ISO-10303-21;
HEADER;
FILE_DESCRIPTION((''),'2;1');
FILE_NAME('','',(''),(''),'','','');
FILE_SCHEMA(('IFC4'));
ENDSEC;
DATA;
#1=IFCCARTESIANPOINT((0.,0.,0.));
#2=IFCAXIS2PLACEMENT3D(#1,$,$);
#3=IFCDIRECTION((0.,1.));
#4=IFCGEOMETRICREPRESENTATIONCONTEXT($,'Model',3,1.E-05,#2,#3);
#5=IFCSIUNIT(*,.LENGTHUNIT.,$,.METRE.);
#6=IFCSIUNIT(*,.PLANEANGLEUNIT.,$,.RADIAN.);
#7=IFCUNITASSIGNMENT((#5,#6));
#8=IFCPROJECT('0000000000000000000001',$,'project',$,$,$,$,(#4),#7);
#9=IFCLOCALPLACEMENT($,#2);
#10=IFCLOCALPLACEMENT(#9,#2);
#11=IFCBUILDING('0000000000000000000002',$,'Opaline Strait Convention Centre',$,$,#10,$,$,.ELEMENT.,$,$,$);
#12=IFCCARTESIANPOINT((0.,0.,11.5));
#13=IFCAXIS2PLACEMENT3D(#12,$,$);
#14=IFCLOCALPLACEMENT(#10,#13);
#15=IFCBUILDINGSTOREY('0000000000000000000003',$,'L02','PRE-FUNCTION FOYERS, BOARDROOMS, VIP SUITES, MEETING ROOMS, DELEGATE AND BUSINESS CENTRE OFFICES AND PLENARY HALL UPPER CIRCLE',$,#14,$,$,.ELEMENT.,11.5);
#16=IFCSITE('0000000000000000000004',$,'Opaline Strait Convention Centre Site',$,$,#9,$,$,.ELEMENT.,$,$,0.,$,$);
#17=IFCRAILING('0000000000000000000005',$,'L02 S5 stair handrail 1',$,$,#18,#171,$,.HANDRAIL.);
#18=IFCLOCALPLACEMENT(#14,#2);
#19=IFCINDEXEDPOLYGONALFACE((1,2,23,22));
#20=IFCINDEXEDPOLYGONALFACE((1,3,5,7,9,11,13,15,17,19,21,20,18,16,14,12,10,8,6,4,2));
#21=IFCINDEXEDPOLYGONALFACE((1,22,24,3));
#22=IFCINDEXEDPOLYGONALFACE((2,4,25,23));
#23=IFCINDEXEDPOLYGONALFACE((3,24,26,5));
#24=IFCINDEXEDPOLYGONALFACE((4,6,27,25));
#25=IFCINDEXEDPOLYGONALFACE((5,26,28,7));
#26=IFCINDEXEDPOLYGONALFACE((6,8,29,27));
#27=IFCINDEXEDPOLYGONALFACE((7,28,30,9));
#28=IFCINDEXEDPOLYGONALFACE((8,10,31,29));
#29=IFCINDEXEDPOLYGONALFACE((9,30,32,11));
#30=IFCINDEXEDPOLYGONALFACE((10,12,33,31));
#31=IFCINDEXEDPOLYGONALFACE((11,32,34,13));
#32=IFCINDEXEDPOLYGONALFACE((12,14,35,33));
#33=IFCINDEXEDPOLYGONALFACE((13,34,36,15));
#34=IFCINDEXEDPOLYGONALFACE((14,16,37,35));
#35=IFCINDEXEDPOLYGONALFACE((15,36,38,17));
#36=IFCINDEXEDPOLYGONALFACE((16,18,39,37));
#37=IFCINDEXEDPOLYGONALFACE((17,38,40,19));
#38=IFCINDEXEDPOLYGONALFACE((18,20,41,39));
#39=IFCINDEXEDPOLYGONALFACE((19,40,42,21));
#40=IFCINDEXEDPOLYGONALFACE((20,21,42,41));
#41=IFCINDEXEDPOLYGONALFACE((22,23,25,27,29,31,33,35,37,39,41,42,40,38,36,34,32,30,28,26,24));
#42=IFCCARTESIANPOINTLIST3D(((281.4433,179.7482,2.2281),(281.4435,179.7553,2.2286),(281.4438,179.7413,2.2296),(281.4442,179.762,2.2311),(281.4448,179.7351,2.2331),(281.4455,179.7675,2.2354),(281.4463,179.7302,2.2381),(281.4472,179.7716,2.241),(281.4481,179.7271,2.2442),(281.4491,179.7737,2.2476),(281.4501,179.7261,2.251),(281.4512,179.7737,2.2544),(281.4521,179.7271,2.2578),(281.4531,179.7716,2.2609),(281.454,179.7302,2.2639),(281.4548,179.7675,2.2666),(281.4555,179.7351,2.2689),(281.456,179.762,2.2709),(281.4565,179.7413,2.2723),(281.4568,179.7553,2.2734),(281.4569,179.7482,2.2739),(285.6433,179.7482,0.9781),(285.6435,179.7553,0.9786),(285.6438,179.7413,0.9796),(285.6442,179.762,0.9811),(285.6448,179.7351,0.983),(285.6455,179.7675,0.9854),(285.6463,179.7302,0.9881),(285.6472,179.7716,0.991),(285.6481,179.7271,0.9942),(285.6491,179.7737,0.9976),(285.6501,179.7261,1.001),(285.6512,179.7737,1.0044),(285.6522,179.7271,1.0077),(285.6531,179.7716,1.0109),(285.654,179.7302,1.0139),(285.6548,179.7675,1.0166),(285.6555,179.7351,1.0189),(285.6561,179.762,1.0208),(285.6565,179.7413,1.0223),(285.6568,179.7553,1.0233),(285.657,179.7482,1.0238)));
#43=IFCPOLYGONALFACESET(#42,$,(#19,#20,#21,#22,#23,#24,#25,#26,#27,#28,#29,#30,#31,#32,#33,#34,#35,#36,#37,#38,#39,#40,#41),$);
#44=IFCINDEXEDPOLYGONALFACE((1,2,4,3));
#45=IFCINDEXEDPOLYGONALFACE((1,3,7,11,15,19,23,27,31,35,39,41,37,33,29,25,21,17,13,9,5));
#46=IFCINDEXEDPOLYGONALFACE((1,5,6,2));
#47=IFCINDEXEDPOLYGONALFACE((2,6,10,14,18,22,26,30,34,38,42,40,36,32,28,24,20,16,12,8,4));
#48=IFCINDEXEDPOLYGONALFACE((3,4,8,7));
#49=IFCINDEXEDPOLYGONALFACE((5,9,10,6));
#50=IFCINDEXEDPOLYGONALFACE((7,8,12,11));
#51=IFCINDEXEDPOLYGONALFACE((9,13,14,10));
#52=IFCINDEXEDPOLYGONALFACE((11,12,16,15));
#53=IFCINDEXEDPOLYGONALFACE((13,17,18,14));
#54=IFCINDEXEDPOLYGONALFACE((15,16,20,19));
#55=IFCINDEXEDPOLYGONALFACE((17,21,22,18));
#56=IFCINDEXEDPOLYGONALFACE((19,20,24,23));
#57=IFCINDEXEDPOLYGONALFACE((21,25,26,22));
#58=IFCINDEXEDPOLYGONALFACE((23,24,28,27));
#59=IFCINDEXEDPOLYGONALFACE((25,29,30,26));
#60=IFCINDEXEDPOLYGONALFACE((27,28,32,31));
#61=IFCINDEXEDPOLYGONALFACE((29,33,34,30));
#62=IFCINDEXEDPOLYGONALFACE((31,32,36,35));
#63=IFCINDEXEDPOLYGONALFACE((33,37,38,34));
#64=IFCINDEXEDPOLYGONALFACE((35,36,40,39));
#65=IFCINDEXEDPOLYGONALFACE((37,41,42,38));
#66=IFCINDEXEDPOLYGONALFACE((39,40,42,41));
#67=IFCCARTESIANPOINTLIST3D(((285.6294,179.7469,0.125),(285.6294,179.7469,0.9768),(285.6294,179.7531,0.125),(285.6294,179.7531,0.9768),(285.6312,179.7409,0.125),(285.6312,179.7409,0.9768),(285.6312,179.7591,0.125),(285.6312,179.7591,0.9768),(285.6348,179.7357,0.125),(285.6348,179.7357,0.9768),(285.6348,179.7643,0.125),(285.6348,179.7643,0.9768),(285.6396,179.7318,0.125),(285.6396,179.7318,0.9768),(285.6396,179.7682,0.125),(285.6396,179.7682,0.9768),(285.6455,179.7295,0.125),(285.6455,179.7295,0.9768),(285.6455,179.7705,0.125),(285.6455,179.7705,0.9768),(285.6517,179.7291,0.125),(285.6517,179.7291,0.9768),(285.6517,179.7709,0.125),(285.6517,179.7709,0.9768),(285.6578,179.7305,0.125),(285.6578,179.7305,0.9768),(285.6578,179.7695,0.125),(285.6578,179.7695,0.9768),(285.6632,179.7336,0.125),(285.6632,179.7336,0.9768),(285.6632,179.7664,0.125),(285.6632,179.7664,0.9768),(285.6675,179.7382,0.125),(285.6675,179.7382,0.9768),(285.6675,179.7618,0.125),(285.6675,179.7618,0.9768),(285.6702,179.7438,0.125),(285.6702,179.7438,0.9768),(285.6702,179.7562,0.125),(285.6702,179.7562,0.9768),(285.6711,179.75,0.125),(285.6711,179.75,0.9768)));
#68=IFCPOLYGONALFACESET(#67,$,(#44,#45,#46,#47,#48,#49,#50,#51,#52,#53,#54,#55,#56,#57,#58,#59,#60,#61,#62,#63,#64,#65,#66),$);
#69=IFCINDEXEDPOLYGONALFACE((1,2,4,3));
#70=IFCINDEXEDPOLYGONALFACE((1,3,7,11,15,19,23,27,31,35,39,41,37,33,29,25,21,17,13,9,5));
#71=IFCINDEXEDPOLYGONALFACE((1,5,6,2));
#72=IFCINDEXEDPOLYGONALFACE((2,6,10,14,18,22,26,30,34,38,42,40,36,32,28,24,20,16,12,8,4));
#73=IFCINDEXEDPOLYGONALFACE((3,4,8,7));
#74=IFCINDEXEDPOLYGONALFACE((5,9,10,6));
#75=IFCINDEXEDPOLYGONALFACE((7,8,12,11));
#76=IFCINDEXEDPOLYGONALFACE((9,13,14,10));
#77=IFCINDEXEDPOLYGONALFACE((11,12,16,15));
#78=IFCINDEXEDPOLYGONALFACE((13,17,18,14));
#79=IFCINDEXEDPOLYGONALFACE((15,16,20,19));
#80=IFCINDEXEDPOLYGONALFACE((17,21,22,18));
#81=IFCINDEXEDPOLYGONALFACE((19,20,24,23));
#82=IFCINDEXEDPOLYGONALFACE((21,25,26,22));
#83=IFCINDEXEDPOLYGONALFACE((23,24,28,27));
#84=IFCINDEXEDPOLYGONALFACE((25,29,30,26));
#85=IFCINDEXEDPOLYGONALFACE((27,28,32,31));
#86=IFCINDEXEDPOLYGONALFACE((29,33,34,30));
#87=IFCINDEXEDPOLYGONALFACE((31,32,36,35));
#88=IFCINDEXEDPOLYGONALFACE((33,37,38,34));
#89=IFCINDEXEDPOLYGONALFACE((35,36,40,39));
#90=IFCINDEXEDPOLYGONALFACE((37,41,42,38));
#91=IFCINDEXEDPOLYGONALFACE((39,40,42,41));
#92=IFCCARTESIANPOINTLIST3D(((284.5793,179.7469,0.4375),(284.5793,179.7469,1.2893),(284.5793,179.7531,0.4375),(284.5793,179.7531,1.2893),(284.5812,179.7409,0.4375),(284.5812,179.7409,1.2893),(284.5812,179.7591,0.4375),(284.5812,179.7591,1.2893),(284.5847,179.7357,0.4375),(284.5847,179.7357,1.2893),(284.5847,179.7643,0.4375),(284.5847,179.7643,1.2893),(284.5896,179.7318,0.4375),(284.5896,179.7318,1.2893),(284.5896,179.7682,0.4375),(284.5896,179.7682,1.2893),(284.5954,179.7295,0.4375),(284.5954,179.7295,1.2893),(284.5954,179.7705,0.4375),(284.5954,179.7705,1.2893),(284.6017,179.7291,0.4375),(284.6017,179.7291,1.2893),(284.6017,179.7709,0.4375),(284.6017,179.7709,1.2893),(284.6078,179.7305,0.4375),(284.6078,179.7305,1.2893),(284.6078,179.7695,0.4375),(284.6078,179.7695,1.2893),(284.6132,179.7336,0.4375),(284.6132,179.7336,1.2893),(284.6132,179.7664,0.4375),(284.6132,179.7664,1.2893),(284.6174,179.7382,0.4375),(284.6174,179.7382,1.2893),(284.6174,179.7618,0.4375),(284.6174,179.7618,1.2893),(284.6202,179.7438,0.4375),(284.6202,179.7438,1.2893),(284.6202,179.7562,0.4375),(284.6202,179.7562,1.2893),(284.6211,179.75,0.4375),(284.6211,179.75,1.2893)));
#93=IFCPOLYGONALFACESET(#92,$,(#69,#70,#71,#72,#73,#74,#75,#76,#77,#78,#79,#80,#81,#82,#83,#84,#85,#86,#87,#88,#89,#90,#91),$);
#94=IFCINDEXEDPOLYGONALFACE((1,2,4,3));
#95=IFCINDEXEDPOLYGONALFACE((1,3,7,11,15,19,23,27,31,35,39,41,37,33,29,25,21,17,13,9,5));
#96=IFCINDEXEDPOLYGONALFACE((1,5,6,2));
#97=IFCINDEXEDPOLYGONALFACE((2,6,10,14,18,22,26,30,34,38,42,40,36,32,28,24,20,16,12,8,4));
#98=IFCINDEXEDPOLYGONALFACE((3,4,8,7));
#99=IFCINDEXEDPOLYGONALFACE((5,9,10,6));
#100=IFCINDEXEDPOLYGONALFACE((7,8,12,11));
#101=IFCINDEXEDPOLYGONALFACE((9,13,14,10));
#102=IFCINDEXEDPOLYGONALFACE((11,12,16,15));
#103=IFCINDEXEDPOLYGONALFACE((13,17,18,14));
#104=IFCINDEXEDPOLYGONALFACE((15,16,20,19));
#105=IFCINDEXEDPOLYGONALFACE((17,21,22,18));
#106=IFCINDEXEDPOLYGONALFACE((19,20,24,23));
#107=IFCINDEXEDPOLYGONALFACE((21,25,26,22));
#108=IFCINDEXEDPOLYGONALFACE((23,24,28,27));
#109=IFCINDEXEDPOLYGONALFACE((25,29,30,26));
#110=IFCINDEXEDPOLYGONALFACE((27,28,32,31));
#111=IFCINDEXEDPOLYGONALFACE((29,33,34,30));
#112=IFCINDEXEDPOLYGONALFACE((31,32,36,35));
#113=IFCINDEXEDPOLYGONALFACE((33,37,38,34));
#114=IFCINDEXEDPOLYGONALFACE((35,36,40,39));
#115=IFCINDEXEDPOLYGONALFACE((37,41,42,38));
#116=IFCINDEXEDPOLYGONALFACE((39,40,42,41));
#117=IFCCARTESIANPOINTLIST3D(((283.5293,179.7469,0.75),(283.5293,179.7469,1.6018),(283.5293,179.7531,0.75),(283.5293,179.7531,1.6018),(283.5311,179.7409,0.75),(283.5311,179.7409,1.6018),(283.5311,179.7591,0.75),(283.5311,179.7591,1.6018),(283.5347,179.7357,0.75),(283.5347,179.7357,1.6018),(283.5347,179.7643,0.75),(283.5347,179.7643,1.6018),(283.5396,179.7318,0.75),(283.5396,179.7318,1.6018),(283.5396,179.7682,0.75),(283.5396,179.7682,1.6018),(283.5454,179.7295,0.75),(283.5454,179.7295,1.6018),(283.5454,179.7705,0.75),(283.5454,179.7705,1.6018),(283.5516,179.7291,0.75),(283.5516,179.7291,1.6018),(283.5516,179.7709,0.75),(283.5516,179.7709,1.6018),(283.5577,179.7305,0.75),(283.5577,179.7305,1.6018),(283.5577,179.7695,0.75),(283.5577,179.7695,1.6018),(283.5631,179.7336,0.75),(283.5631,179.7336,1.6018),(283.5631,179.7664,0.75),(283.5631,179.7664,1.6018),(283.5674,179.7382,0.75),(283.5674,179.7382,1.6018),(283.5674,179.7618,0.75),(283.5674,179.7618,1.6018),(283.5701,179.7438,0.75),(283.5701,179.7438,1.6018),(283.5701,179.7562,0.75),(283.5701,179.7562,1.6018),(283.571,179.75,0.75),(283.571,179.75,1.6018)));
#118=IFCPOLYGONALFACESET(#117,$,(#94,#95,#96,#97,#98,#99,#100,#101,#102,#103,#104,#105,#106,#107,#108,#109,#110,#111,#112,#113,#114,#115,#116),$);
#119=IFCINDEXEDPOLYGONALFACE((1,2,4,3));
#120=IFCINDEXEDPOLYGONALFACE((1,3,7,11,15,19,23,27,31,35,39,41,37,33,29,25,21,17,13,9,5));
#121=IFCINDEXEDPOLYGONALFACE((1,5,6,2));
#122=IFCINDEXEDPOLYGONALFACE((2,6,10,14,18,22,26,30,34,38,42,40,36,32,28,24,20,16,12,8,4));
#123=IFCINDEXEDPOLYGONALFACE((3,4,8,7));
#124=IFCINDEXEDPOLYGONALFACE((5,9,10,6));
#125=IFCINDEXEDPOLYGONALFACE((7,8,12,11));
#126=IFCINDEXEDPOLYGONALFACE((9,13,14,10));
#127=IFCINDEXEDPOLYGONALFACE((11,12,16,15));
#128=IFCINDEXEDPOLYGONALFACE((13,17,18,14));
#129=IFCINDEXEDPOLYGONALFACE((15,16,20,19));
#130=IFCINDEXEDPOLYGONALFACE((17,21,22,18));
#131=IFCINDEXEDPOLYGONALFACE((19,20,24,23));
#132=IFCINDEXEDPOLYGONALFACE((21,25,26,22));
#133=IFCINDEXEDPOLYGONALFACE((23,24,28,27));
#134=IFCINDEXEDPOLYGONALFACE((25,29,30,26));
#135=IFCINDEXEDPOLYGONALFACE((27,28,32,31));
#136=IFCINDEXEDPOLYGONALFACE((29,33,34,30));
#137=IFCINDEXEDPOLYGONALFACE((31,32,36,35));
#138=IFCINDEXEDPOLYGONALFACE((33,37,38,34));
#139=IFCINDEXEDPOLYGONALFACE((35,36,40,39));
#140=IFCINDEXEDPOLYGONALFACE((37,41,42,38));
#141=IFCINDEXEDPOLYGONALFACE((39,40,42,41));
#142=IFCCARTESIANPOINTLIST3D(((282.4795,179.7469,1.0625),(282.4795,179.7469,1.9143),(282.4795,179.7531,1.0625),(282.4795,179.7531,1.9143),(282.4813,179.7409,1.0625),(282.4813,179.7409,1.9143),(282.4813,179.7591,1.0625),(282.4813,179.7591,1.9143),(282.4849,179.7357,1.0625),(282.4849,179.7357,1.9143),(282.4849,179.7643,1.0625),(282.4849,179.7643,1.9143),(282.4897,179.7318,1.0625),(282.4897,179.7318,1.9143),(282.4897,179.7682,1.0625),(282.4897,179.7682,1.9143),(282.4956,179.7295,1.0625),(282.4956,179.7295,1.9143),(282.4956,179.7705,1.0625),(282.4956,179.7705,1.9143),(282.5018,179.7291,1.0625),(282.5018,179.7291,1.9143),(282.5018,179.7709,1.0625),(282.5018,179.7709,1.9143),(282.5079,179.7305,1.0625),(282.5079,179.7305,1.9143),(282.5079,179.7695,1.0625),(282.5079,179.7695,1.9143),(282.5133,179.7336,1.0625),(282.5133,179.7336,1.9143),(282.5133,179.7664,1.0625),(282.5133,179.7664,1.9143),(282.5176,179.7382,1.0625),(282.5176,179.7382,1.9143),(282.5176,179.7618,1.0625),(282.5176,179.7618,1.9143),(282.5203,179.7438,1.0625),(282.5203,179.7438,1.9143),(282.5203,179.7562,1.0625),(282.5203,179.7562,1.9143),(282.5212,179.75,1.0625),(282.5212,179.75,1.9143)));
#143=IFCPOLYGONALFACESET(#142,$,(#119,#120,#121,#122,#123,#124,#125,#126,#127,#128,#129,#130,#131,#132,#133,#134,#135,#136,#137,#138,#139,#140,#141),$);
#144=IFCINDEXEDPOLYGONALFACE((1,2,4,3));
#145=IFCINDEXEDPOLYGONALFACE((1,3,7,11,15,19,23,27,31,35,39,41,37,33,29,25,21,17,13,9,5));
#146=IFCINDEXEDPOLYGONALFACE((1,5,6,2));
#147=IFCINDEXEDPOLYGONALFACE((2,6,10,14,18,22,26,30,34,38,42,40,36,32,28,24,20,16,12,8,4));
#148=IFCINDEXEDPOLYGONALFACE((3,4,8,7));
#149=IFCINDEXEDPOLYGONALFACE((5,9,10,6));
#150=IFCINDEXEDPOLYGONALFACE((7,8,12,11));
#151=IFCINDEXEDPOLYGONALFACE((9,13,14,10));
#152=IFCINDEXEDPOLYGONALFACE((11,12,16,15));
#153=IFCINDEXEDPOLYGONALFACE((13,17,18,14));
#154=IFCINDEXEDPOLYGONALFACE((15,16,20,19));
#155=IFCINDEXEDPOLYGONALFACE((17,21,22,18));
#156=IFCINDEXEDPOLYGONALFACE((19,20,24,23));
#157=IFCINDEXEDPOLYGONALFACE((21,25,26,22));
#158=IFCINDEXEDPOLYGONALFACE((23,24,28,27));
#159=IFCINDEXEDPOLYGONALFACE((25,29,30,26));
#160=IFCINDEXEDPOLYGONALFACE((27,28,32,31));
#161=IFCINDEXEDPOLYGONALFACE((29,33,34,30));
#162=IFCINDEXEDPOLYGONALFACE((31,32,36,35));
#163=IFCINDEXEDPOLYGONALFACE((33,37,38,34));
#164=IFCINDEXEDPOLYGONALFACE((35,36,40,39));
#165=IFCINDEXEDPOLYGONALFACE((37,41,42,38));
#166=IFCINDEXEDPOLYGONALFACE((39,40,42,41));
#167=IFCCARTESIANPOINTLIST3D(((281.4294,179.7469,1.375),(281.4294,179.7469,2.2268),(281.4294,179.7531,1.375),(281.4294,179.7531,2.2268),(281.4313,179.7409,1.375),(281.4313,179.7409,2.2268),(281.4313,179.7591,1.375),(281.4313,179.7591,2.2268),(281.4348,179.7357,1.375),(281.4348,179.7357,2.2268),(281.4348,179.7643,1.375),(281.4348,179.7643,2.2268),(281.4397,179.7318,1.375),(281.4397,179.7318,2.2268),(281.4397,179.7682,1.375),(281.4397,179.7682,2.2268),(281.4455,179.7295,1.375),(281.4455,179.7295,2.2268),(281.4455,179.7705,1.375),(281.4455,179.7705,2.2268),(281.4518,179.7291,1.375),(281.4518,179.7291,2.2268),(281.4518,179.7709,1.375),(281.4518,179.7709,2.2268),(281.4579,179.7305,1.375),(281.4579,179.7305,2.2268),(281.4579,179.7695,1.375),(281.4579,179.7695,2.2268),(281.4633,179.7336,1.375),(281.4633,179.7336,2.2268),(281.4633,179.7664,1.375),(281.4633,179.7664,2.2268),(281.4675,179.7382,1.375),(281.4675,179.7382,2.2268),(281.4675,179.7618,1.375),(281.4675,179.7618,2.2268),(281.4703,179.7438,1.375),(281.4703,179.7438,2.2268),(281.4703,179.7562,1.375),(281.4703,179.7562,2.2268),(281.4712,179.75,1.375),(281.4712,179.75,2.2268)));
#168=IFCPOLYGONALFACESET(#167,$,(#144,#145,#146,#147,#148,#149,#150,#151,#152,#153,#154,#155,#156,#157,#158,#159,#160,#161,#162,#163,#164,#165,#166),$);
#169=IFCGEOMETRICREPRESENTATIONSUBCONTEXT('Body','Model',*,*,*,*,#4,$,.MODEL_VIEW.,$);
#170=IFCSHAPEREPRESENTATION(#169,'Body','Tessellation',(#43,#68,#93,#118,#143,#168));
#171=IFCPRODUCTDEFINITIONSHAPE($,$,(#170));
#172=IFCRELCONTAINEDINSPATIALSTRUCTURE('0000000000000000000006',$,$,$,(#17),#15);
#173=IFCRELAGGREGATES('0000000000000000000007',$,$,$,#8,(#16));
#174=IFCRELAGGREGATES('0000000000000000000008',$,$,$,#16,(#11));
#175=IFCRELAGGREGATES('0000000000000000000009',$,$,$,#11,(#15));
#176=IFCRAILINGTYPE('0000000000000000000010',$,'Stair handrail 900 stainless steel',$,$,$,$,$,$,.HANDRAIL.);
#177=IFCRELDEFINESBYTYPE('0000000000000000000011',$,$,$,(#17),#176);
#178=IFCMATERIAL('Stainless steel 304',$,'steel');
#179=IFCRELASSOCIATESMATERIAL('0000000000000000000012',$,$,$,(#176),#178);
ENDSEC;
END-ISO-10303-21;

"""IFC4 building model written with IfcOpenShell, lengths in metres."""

from ifc_helpers import new_model, si_unit, direction, frame, origin, origin_2d, place, context, subcontext, project, spatial, circle, extrude, material, type_object, element, save


model = new_model("IFC4")

# Units and contexts
model_context = context("Model", 3, precision=1e-05, world=origin(), true_north=direction((0.0, 1.0)))
body_context = subcontext(model_context, "Body", "Model", "MODEL_VIEW")
ifc_project = project(units=[si_unit("LENGTHUNIT", "METRE"), si_unit("PLANEANGLEUNIT", "RADIAN")], contexts=[model_context])

# Site, building, storey
site_placement = place(None, origin())
site = spatial("IfcSite", under=ifc_project, at=site_placement, Name="Opaline Strait Convention Centre Site", CompositionType="ELEMENT", RefElevation=0.0)
building_placement = place(site_placement, origin())
building = spatial("IfcBuilding", under=site, at=building_placement, Name="Opaline Strait Convention Centre", CompositionType="ELEMENT")
storey_placement = place(building_placement, frame((0.0, 0.0, 11.5)))
storey = spatial("IfcBuildingStorey", under=building, at=storey_placement, Name="L02", Description="PRE-FUNCTION FOYERS, BOARDROOMS, VIP SUITES, MEETING ROOMS, DELEGATE AND BUSINESS CENTRE OFFICES AND PLENARY HALL UPPER CIRCLE", CompositionType="ELEMENT", Elevation=11.5)

# Railing
ifc_material_1 = material(Name="Stainless steel 304", Category="steel")
railing_type_1 = type_object("IfcRailingType", Name="Stair handrail 900 stainless steel", PredefinedType="HANDRAIL", material=ifc_material_1)
for number, where, name in (
    (1, (285.6501, 179.75, 0.125), "L02 S5 stair handrail 1"),
):
    element("IfcRailing", number, at=place(storey_placement, frame(where)), inside=storey, type_object=railing_type_1, Name=name, PredefinedType="HANDRAIL", context=body_context, shape_type="SweptSolid", body=[
        extrude(circle(Radius=0.0239, at=origin_2d()), frame((0.0, 0.0, 0.876), z_axis=(-0.958451, 0.0, 0.285257), x_axis=(0.0, -1.0, 0.0)), (0.0, 0.0, 1.0), 4.3821),
        extrude(circle(Radius=0.021, at=origin_2d()), origin(), (0.0, 0.0, 1.0), 0.8518),
        extrude(circle(Radius=0.021, at=origin_2d()), frame((-1.05, 0.0, 0.3125)), (0.0, 0.0, 1.0), 0.8518),
        extrude(circle(Radius=0.021, at=origin_2d()), frame((-2.1001, 0.0, 0.625)), (0.0, 0.0, 1.0), 0.8518),
        extrude(circle(Radius=0.021, at=origin_2d()), frame((-3.1499, 0.0, 0.9375)), (0.0, 0.0, 1.0), 0.8518),
        extrude(circle(Radius=0.021, at=origin_2d()), frame((-4.2, 0.0, 1.25)), (0.0, 0.0, 1.0), 0.8518),
    ])

save(model, "model.ifc")
